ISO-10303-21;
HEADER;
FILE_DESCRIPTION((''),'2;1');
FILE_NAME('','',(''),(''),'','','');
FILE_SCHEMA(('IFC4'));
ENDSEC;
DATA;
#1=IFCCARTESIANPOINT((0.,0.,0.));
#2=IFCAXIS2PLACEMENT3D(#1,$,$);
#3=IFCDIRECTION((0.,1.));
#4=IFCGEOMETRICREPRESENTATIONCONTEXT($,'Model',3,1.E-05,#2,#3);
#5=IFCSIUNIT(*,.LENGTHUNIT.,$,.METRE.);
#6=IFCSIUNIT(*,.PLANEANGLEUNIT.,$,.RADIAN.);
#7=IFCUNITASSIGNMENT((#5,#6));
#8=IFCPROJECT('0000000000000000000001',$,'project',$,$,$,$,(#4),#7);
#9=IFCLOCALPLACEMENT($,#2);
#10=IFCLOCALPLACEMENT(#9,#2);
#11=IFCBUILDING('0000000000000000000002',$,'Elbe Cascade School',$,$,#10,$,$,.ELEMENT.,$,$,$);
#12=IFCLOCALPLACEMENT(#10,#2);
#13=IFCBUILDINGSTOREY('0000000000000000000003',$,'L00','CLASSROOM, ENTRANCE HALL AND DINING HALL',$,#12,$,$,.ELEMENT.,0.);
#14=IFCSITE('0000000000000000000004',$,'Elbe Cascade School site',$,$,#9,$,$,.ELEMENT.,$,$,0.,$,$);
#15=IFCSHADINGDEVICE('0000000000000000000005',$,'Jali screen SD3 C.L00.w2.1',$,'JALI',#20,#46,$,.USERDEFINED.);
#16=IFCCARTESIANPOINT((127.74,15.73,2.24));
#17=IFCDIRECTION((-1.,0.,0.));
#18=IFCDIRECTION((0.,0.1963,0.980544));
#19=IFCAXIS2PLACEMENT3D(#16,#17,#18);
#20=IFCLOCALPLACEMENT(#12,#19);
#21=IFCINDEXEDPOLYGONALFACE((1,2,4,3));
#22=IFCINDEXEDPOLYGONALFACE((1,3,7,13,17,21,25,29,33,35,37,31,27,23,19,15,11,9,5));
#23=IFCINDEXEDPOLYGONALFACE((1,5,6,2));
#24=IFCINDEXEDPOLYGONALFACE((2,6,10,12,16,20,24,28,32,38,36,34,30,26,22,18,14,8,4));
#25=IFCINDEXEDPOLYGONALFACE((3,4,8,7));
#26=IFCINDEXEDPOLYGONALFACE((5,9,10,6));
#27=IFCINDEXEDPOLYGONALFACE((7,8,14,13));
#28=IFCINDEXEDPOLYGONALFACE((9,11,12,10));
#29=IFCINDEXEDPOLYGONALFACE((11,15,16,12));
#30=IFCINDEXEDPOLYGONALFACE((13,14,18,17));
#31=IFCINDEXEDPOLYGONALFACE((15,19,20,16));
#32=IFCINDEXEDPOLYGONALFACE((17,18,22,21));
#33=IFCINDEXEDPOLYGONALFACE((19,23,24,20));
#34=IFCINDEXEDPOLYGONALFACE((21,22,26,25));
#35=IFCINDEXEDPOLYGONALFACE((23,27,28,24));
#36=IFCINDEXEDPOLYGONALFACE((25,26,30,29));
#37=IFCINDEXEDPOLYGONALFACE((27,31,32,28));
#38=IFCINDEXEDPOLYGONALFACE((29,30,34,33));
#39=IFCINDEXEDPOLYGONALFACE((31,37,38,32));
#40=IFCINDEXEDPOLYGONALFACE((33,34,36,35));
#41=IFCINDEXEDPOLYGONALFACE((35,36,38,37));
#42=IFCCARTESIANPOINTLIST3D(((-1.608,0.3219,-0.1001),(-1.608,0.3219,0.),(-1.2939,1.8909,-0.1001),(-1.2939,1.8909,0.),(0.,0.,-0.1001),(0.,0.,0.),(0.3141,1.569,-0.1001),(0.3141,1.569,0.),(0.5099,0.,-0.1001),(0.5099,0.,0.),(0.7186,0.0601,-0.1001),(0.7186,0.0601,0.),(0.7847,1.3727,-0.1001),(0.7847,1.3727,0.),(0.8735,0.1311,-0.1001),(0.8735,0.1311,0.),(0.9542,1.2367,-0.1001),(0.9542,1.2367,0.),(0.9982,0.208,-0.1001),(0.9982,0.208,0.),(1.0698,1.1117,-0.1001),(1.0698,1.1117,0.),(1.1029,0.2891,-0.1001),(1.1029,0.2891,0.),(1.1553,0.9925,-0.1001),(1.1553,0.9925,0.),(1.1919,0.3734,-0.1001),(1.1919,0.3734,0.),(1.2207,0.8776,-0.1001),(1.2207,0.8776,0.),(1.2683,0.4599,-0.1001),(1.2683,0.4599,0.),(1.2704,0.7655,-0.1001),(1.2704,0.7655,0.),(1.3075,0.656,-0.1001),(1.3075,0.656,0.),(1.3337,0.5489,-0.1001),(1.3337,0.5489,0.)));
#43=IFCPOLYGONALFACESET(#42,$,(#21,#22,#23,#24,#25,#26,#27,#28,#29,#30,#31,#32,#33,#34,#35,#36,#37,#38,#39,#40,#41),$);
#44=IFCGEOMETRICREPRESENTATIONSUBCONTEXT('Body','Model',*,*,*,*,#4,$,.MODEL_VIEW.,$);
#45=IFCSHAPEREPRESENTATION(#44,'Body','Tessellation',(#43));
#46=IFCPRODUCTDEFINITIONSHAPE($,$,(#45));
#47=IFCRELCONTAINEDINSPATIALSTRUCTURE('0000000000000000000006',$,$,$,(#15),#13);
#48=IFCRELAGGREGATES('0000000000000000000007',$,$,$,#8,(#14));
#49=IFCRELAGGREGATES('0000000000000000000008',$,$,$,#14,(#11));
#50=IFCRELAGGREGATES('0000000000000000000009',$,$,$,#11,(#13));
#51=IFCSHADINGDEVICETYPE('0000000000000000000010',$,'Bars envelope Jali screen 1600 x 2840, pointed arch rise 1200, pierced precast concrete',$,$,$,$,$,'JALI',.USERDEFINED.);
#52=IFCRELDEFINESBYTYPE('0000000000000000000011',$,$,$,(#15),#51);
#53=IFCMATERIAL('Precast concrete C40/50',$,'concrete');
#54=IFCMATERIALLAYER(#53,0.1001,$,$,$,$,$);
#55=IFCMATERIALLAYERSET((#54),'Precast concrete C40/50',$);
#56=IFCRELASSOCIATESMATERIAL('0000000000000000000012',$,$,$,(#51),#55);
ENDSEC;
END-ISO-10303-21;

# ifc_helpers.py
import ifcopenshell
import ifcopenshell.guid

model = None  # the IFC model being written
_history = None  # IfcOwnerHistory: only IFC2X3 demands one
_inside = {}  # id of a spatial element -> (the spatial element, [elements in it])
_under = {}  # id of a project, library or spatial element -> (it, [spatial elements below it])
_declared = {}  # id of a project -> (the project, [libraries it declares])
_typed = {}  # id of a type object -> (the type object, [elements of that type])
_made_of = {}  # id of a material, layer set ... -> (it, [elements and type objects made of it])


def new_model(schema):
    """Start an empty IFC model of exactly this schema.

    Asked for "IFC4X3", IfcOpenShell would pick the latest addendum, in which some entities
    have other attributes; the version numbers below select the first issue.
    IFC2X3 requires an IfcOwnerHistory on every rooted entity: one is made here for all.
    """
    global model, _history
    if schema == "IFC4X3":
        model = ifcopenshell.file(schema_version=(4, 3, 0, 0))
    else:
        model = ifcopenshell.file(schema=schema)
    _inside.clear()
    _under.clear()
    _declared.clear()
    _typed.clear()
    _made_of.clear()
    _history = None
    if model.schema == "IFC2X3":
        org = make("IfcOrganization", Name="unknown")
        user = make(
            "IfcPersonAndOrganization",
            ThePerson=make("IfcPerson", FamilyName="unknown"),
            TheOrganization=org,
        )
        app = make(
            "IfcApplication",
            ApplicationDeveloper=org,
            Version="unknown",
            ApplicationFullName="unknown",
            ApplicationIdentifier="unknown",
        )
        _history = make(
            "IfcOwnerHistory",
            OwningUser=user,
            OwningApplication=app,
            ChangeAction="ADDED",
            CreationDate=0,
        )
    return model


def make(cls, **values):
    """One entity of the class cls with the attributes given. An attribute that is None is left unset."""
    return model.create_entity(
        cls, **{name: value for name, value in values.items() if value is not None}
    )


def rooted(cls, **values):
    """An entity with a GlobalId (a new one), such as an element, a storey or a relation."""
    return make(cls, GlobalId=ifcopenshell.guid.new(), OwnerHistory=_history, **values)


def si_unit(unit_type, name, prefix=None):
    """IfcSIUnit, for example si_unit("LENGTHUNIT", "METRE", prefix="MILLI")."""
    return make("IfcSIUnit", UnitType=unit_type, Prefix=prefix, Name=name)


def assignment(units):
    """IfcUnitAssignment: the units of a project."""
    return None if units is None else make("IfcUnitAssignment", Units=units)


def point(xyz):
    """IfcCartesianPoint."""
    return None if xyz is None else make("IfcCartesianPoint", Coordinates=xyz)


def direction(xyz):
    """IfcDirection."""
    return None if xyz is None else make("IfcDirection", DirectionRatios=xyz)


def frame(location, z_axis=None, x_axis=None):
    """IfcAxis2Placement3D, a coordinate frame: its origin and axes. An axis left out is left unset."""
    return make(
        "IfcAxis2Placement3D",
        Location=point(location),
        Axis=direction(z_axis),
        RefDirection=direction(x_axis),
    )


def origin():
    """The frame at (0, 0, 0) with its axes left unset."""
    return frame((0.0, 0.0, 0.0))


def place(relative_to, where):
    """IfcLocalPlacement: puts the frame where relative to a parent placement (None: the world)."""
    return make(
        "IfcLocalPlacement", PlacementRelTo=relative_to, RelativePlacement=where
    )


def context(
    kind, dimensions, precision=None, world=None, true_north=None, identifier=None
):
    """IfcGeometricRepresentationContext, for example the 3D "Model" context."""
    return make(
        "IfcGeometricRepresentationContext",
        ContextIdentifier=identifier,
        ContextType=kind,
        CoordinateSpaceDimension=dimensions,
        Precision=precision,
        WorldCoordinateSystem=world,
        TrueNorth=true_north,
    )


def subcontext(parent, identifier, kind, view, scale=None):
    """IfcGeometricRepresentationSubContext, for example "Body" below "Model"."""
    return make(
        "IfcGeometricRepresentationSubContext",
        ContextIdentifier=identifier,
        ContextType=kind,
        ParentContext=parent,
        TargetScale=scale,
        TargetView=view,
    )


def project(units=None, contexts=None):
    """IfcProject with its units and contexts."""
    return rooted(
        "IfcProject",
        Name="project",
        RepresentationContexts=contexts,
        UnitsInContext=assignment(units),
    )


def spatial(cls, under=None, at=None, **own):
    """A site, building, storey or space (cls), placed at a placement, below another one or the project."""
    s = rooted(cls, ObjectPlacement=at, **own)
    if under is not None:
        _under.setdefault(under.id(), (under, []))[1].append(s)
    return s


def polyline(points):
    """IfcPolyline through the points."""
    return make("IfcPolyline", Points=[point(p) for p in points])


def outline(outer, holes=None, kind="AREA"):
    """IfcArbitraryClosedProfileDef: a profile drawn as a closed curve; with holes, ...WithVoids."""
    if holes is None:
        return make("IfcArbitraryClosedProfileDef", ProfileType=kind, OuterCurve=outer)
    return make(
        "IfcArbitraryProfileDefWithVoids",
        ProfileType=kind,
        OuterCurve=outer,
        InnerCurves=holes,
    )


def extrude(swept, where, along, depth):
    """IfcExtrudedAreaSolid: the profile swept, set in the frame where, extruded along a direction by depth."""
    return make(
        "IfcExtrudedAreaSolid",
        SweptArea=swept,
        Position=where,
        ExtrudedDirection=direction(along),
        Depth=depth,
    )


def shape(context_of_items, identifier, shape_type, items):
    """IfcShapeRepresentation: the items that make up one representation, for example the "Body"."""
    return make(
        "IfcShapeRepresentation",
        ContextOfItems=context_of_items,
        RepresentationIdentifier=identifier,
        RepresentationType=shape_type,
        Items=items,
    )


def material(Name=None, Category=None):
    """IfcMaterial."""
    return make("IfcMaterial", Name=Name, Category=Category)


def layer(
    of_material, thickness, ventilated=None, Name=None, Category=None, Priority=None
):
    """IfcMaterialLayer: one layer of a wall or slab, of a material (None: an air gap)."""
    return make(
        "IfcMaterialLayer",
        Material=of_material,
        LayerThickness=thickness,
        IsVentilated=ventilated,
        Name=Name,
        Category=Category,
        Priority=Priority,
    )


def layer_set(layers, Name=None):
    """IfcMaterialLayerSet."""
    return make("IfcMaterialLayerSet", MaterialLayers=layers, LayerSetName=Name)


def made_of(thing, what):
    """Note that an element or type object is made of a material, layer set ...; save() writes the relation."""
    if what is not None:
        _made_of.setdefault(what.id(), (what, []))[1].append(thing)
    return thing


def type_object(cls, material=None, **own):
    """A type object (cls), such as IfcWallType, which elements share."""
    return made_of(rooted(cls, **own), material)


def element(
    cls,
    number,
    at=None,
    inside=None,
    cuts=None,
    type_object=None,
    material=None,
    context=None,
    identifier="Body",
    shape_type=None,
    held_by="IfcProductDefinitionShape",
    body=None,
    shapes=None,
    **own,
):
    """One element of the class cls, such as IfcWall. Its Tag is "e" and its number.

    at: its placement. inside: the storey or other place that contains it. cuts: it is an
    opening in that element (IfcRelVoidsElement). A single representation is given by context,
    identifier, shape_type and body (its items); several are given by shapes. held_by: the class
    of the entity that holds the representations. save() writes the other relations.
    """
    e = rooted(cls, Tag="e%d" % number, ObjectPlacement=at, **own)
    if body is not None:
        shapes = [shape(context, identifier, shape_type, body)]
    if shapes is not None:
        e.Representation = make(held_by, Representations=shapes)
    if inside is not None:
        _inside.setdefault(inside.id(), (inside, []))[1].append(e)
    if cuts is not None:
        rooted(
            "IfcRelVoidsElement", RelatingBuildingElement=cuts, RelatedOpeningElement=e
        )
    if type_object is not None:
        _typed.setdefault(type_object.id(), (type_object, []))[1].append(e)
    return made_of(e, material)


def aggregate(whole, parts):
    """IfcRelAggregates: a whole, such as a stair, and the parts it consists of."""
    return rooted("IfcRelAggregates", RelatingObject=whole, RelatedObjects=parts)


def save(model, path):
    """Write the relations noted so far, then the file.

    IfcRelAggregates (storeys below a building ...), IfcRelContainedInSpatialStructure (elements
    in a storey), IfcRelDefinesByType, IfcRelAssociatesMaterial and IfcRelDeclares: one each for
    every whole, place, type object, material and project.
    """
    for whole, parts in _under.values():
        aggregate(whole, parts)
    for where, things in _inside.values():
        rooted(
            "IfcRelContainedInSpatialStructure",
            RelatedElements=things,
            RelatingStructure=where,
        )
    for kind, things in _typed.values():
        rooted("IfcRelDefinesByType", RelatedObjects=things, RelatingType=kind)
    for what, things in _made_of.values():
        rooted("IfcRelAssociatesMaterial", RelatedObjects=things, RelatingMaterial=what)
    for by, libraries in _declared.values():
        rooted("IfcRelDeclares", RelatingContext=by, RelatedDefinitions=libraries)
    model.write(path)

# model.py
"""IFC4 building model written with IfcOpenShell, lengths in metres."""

from ifc_helpers import new_model, si_unit, direction, frame, origin, place, context, subcontext, project, spatial, polyline, outline, extrude, material, layer, layer_set, type_object, element, save


model = new_model("IFC4")

# Units and contexts
model_context = context("Model", 3, precision=1e-05, world=origin(), true_north=direction((0.0, 1.0)))
body_context = subcontext(model_context, "Body", "Model", "MODEL_VIEW")
ifc_project = project(units=[si_unit("LENGTHUNIT", "METRE"), si_unit("PLANEANGLEUNIT", "RADIAN")], contexts=[model_context])

# Site, building, storey
site_placement = place(None, origin())
site = spatial("IfcSite", under=ifc_project, at=site_placement, Name="Elbe Cascade School site", CompositionType="ELEMENT", RefElevation=0.0)
building_placement = place(site_placement, origin())
building = spatial("IfcBuilding", under=site, at=building_placement, Name="Elbe Cascade School", CompositionType="ELEMENT")
storey_placement = place(building_placement, origin())
storey = spatial("IfcBuildingStorey", under=building, at=storey_placement, Name="L00", Description="CLASSROOM, ENTRANCE HALL AND DINING HALL", CompositionType="ELEMENT", Elevation=0.0)

# Shading device
ifc_material_1 = material(Name="Precast concrete C40/50", Category="concrete")
ifc_layer_1 = layer(ifc_material_1, 0.1001)
ifc_layer_set_1 = layer_set([ifc_layer_1], Name="Precast concrete C40/50")
shading_device_type = type_object("IfcShadingDeviceType", Name="Bars envelope Jali screen 1600 x 2840, pointed arch rise 1200, pierced precast concrete", ElementType="JALI", PredefinedType="USERDEFINED", material=ifc_layer_set_1)
shading_device_placement = place(storey_placement, frame((127.74, 15.73, 2.24), z_axis=(-1.0, 0.0, 0.0), x_axis=(0.0, 0.1963, 0.980544)))
element("IfcShadingDevice", 1, at=shading_device_placement, inside=storey, type_object=shading_device_type, Name="Jali screen SD3 C.L00.w2.1", ObjectType="JALI", PredefinedType="USERDEFINED", context=body_context, shape_type="SweptSolid", body=[
    extrude(outline(polyline([(0.0, 0.0), (0.5099, 0.0), (0.7186, 0.0601), (0.8735, 0.1311), (0.9982, 0.208), (1.1029, 0.2891), (1.1919, 0.3734), (1.2683, 0.4599), (1.3337, 0.5489), (1.3075, 0.656), (1.2704, 0.7655), (1.2207, 0.8776), (1.1553, 0.9925), (1.0698, 1.1117), (0.9542, 1.2367), (0.7847, 1.3727), (0.3141, 1.569), (-1.2939, 1.8909), (-1.608, 0.3219), (0.0, 0.0)])), origin(), (0.0, 0.0, -1.0), 0.1001),
])

save(model, "model.ifc")
